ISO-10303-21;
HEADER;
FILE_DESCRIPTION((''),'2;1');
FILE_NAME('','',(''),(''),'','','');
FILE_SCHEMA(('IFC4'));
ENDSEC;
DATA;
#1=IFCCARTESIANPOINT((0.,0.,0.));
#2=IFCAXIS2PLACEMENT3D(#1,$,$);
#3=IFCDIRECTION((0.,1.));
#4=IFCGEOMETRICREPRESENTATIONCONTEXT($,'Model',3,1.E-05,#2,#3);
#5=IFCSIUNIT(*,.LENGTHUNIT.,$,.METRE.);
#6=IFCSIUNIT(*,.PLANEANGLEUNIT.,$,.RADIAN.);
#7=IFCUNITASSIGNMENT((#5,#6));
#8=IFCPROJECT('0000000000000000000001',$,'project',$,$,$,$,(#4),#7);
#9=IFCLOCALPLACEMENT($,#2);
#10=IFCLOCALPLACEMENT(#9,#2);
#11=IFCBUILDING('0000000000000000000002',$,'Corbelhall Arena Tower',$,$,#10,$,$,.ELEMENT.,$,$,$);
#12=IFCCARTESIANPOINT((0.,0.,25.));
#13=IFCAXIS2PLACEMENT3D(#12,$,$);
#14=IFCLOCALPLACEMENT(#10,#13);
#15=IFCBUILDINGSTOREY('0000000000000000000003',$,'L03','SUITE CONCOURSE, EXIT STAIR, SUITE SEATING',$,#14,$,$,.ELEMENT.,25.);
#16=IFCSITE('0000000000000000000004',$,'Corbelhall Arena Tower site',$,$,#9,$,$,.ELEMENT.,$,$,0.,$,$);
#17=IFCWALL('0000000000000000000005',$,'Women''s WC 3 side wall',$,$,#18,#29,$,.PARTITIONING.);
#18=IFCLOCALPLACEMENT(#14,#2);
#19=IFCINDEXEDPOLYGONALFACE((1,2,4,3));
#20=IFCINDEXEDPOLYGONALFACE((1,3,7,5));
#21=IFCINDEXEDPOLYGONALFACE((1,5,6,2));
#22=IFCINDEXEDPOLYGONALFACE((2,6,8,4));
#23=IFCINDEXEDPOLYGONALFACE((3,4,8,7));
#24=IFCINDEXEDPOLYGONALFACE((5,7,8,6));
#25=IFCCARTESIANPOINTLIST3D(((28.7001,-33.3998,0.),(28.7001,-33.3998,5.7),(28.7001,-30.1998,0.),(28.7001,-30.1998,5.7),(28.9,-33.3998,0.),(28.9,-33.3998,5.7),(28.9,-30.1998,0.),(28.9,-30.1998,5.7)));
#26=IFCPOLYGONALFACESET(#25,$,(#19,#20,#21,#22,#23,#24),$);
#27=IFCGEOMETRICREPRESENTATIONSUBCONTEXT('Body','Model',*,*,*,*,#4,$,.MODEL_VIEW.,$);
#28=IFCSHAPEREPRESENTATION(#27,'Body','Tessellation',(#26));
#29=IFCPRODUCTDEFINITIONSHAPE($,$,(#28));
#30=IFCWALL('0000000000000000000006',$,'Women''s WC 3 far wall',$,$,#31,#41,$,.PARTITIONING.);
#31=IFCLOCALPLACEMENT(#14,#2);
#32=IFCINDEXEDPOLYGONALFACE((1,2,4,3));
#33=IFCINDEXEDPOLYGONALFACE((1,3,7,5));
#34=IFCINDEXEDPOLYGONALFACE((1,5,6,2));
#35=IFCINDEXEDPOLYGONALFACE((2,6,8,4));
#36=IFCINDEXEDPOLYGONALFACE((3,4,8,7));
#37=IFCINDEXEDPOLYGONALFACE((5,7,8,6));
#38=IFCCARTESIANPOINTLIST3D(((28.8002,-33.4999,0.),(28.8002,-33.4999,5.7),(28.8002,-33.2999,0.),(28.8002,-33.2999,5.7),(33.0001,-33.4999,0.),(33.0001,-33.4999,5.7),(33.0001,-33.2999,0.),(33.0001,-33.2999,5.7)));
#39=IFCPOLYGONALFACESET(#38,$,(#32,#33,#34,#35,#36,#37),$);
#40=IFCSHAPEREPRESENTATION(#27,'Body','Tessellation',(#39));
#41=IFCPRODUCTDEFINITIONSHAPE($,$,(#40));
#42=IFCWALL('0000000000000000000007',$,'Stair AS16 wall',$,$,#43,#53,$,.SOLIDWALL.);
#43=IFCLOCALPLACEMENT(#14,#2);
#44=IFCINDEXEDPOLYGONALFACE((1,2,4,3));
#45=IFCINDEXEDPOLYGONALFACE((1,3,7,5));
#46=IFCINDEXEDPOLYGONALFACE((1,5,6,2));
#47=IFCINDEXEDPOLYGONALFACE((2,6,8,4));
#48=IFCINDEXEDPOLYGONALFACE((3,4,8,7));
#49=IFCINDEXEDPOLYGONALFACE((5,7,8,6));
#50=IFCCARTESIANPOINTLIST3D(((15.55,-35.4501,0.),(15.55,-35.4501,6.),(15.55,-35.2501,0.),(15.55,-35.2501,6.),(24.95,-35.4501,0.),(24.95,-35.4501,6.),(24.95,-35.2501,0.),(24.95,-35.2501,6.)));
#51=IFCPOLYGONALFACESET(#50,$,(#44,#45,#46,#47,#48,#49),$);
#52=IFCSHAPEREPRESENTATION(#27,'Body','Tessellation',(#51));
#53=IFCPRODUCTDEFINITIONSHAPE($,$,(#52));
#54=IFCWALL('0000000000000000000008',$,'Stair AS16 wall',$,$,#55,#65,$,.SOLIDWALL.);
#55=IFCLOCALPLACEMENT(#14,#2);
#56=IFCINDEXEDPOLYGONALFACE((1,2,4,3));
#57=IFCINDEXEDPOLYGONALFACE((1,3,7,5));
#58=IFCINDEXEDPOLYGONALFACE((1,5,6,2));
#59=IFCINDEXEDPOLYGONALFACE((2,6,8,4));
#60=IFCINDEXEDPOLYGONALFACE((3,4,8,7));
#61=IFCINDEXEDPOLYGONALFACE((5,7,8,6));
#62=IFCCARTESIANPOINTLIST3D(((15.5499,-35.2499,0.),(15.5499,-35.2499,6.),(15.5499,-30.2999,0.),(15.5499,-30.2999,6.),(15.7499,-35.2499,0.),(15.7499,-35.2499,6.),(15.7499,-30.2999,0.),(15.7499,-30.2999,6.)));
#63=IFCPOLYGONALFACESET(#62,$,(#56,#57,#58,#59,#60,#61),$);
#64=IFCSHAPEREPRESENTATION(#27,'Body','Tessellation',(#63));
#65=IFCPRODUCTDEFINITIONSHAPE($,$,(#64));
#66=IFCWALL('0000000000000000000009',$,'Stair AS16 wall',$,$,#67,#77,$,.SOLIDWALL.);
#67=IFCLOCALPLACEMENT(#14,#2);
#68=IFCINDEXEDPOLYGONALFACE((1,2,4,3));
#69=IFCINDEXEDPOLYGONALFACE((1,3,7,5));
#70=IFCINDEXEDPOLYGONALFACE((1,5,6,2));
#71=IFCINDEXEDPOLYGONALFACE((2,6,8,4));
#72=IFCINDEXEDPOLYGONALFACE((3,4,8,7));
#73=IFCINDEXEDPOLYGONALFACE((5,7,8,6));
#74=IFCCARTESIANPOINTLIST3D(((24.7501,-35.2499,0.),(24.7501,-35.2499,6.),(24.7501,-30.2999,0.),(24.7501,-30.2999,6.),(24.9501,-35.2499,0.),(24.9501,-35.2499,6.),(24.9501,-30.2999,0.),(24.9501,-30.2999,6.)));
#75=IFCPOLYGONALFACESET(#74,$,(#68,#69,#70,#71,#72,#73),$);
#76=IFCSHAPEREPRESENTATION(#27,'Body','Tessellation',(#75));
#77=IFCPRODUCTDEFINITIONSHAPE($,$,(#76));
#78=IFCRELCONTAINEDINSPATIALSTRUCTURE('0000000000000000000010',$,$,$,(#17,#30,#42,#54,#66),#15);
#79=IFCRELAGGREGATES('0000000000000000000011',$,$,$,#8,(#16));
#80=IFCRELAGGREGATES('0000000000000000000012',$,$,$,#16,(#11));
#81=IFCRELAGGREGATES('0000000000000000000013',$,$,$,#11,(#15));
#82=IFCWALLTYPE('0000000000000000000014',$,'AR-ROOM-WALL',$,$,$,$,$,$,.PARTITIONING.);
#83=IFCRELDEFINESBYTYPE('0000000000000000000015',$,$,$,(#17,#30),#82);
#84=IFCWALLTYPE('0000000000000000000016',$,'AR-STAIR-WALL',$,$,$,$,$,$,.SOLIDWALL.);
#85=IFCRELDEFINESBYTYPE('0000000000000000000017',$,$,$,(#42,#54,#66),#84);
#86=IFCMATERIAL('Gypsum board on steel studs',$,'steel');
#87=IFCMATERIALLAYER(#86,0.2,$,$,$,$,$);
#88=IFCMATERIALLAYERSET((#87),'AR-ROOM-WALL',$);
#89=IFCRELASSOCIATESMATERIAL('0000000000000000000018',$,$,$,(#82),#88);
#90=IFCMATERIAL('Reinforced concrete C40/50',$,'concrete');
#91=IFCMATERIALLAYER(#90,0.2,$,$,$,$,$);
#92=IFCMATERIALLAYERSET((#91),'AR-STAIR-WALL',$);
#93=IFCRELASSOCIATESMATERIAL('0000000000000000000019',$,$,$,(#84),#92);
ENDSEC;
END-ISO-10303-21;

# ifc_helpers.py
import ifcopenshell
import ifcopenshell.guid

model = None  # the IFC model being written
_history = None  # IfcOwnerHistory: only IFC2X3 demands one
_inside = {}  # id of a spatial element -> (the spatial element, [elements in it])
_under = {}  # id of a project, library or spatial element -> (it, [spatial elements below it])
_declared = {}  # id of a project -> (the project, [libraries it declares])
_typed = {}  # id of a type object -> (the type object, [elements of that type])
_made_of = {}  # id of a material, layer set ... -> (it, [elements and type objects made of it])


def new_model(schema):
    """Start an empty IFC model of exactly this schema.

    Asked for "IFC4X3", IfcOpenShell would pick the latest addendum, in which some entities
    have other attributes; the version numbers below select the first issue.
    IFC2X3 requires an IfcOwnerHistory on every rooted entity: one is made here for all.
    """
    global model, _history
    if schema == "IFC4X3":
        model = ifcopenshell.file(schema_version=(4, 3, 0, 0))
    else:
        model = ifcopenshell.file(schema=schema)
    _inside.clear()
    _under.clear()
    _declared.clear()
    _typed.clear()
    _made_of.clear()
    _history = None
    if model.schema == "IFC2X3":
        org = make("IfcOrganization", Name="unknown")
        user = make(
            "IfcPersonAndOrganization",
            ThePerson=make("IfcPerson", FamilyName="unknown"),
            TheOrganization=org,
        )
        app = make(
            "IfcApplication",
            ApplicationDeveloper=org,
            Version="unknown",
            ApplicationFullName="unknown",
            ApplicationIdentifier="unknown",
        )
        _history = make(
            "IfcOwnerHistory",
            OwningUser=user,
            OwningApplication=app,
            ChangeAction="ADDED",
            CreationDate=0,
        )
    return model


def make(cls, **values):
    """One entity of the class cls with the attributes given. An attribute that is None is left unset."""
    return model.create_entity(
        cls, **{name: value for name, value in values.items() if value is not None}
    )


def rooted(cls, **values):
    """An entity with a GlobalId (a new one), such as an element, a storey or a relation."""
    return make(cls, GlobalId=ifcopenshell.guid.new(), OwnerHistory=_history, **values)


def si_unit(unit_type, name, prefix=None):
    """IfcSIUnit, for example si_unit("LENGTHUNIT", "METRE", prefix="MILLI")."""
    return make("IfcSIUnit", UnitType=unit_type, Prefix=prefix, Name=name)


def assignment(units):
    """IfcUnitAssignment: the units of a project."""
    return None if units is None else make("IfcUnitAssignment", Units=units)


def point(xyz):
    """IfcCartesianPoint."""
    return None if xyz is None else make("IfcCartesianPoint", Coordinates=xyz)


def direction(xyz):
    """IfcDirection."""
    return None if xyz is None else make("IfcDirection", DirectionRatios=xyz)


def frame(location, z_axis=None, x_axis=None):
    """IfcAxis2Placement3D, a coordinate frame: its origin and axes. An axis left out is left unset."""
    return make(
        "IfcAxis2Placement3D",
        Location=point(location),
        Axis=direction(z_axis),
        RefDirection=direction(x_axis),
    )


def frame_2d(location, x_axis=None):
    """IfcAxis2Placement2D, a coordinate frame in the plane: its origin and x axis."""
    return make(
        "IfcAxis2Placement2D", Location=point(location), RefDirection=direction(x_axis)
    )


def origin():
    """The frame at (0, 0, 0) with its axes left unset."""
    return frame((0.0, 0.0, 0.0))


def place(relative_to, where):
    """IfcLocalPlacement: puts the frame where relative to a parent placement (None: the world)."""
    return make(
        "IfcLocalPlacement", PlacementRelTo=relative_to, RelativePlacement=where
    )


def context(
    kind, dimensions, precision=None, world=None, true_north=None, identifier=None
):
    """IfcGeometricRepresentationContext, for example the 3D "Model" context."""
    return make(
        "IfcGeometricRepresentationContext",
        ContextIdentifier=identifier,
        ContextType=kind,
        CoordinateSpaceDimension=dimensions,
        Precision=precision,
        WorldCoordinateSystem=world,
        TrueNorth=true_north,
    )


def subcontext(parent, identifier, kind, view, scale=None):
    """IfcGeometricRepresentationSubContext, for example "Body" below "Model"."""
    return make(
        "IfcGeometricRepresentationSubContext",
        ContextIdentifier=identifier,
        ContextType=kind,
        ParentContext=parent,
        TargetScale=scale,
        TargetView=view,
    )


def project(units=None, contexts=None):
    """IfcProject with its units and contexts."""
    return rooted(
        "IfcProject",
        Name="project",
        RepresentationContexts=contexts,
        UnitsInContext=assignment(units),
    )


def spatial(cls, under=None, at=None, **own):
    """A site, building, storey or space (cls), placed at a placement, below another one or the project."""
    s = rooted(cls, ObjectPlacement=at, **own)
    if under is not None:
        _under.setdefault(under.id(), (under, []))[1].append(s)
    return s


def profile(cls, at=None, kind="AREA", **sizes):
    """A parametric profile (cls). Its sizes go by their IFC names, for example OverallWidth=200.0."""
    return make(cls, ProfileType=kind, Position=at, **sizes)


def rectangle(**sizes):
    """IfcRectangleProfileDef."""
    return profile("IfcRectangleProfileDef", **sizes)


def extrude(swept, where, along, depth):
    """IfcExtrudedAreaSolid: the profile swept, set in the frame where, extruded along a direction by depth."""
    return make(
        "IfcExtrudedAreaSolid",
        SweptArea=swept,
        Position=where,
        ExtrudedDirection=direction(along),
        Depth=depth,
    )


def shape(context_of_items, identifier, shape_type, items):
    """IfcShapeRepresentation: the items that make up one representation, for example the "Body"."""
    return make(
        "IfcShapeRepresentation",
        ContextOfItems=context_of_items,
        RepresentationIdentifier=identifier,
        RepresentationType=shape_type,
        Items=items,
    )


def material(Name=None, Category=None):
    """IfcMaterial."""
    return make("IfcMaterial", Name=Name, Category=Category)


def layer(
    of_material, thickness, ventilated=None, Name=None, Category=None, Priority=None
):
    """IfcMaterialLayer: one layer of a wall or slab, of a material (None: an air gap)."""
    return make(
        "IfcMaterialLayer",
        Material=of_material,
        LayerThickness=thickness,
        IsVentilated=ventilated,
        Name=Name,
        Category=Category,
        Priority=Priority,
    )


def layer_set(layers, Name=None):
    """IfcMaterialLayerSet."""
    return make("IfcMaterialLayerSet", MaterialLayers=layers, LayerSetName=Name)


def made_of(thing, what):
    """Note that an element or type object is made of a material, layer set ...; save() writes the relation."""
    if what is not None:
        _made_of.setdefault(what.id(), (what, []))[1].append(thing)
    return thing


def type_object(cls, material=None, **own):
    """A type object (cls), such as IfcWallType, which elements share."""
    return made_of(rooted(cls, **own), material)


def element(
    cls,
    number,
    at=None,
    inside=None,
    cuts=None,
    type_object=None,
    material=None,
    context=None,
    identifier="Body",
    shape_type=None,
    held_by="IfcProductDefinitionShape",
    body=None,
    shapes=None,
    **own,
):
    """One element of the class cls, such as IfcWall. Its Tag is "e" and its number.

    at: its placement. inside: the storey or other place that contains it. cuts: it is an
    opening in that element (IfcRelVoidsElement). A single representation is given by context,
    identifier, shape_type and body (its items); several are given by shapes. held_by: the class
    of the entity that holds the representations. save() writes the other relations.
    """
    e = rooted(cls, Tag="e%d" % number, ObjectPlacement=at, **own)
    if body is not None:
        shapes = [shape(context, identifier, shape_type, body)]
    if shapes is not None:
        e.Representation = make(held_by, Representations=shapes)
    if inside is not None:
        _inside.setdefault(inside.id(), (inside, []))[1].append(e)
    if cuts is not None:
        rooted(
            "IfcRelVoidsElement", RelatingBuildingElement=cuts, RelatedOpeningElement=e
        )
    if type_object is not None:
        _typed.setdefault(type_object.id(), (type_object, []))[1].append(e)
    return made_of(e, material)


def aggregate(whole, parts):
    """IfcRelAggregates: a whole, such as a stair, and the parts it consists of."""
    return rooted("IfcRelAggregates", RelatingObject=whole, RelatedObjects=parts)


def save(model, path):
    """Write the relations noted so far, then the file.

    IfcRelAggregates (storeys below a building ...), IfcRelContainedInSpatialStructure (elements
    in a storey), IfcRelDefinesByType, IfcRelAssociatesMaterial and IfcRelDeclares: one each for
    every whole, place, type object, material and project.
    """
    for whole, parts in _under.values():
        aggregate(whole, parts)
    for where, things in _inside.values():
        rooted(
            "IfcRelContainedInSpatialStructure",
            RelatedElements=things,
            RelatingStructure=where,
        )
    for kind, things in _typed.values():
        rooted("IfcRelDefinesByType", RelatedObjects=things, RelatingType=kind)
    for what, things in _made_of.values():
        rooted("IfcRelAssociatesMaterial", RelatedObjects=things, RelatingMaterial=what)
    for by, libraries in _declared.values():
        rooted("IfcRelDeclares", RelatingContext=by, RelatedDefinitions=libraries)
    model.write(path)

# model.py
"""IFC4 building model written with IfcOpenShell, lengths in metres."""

from ifc_helpers import new_model, si_unit, direction, frame, frame_2d, origin, place, context, subcontext, project, spatial, rectangle, extrude, material, layer, layer_set, type_object, element, save


model = new_model("IFC4")

# Units and contexts
model_context = context("Model", 3, precision=1e-05, world=origin(), true_north=direction((0.0, 1.0)))
body_context = subcontext(model_context, "Body", "Model", "MODEL_VIEW")
ifc_project = project(units=[si_unit("LENGTHUNIT", "METRE"), si_unit("PLANEANGLEUNIT", "RADIAN")], contexts=[model_context])

# Site, building, storey
site_placement = place(None, origin())
site = spatial("IfcSite", under=ifc_project, at=site_placement, Name="Corbelhall Arena Tower site", CompositionType="ELEMENT", RefElevation=0.0)
building_placement = place(site_placement, origin())
building = spatial("IfcBuilding", under=site, at=building_placement, Name="Corbelhall Arena Tower", CompositionType="ELEMENT")
storey_placement = place(building_placement, frame((0.0, 0.0, 25.0)))
storey = spatial("IfcBuildingStorey", under=building, at=storey_placement, Name="L03", Description="SUITE CONCOURSE, EXIT STAIR, SUITE SEATING", CompositionType="ELEMENT", Elevation=25.0)

# Walls
ifc_material_1 = material(Name="Gypsum board on steel studs", Category="steel")
ifc_layer_1 = layer(ifc_material_1, 0.2)
ifc_layer_set_1 = layer_set([ifc_layer_1], Name="AR-ROOM-WALL")
wall_type_1 = type_object("IfcWallType", Name="AR-ROOM-WALL", PredefinedType="PARTITIONING", material=ifc_layer_set_1)
wall_1_placement = place(storey_placement, frame((28.8, -33.3999, 0.0), z_axis=(0.0, 0.0, 1.0), x_axis=(0.0, 1.0, 0.0)))
element("IfcWall", 1, at=wall_1_placement, inside=storey, type_object=wall_type_1, Name="Women's WC 3 side wall", PredefinedType="PARTITIONING", context=body_context, shape_type="SweptSolid", body=[
    extrude(rectangle(XDim=3.2, YDim=0.2, at=frame_2d((1.6001, 0.0))), origin(), (0.0, 0.0, 1.0), 5.7),
])
wall_2_placement = place(storey_placement, frame((28.8, -33.3999, 0.0), z_axis=(0.0, 0.0, 1.0), x_axis=(1.0, 0.0, 0.0)))
element("IfcWall", 2, at=wall_2_placement, inside=storey, type_object=wall_type_1, Name="Women's WC 3 far wall", PredefinedType="PARTITIONING", context=body_context, shape_type="SweptSolid", body=[
    extrude(rectangle(XDim=4.2, YDim=0.2, at=frame_2d((2.1001, 0.0))), origin(), (0.0, 0.0, 1.0), 5.7),
])
ifc_material_2 = material(Name="Reinforced concrete C40/50", Category="concrete")
ifc_layer_2 = layer(ifc_material_2, 0.2)
ifc_layer_set_2 = layer_set([ifc_layer_2], Name="AR-STAIR-WALL")
wall_type_2 = type_object("IfcWallType", Name="AR-STAIR-WALL", PredefinedType="SOLIDWALL", material=ifc_layer_set_2)
wall_3_placement = place(storey_placement, frame((15.55, -35.3501, 0.0), z_axis=(0.0, 0.0, 1.0), x_axis=(1.0, 0.0, 0.0)))
element("IfcWall", 3, at=wall_3_placement, inside=storey, type_object=wall_type_2, Name="Stair AS16 wall", PredefinedType="SOLIDWALL", context=body_context, shape_type="SweptSolid", body=[
    extrude(rectangle(XDim=9.3999, YDim=0.2, at=frame_2d((4.7, 0.0))), origin(), (0.0, 0.0, 1.0), 6.0),
])
for number, where, z_axis, x_axis, name in (
    (4, (15.6499, -35.25, 0.0), (0.0, 0.0, 1.0), (0.0, 1.0, 0.0), "Stair AS16 wall"),
    (5, (24.8501, -35.25, 0.0), (0.0, 0.0, 1.0), (0.0, 1.0, 0.0), "Stair AS16 wall"),
):
    element("IfcWall", number, at=place(storey_placement, frame(where, z_axis=z_axis, x_axis=x_axis)), inside=storey, type_object=wall_type_2, Name=name, PredefinedType="SOLIDWALL", context=body_context, shape_type="SweptSolid", body=[
        extrude(rectangle(XDim=4.95, YDim=0.2, at=frame_2d((2.4751, 0.0))), origin(), (0.0, 0.0, 1.0), 6.0),
    ])

save(model, "model.ifc")
